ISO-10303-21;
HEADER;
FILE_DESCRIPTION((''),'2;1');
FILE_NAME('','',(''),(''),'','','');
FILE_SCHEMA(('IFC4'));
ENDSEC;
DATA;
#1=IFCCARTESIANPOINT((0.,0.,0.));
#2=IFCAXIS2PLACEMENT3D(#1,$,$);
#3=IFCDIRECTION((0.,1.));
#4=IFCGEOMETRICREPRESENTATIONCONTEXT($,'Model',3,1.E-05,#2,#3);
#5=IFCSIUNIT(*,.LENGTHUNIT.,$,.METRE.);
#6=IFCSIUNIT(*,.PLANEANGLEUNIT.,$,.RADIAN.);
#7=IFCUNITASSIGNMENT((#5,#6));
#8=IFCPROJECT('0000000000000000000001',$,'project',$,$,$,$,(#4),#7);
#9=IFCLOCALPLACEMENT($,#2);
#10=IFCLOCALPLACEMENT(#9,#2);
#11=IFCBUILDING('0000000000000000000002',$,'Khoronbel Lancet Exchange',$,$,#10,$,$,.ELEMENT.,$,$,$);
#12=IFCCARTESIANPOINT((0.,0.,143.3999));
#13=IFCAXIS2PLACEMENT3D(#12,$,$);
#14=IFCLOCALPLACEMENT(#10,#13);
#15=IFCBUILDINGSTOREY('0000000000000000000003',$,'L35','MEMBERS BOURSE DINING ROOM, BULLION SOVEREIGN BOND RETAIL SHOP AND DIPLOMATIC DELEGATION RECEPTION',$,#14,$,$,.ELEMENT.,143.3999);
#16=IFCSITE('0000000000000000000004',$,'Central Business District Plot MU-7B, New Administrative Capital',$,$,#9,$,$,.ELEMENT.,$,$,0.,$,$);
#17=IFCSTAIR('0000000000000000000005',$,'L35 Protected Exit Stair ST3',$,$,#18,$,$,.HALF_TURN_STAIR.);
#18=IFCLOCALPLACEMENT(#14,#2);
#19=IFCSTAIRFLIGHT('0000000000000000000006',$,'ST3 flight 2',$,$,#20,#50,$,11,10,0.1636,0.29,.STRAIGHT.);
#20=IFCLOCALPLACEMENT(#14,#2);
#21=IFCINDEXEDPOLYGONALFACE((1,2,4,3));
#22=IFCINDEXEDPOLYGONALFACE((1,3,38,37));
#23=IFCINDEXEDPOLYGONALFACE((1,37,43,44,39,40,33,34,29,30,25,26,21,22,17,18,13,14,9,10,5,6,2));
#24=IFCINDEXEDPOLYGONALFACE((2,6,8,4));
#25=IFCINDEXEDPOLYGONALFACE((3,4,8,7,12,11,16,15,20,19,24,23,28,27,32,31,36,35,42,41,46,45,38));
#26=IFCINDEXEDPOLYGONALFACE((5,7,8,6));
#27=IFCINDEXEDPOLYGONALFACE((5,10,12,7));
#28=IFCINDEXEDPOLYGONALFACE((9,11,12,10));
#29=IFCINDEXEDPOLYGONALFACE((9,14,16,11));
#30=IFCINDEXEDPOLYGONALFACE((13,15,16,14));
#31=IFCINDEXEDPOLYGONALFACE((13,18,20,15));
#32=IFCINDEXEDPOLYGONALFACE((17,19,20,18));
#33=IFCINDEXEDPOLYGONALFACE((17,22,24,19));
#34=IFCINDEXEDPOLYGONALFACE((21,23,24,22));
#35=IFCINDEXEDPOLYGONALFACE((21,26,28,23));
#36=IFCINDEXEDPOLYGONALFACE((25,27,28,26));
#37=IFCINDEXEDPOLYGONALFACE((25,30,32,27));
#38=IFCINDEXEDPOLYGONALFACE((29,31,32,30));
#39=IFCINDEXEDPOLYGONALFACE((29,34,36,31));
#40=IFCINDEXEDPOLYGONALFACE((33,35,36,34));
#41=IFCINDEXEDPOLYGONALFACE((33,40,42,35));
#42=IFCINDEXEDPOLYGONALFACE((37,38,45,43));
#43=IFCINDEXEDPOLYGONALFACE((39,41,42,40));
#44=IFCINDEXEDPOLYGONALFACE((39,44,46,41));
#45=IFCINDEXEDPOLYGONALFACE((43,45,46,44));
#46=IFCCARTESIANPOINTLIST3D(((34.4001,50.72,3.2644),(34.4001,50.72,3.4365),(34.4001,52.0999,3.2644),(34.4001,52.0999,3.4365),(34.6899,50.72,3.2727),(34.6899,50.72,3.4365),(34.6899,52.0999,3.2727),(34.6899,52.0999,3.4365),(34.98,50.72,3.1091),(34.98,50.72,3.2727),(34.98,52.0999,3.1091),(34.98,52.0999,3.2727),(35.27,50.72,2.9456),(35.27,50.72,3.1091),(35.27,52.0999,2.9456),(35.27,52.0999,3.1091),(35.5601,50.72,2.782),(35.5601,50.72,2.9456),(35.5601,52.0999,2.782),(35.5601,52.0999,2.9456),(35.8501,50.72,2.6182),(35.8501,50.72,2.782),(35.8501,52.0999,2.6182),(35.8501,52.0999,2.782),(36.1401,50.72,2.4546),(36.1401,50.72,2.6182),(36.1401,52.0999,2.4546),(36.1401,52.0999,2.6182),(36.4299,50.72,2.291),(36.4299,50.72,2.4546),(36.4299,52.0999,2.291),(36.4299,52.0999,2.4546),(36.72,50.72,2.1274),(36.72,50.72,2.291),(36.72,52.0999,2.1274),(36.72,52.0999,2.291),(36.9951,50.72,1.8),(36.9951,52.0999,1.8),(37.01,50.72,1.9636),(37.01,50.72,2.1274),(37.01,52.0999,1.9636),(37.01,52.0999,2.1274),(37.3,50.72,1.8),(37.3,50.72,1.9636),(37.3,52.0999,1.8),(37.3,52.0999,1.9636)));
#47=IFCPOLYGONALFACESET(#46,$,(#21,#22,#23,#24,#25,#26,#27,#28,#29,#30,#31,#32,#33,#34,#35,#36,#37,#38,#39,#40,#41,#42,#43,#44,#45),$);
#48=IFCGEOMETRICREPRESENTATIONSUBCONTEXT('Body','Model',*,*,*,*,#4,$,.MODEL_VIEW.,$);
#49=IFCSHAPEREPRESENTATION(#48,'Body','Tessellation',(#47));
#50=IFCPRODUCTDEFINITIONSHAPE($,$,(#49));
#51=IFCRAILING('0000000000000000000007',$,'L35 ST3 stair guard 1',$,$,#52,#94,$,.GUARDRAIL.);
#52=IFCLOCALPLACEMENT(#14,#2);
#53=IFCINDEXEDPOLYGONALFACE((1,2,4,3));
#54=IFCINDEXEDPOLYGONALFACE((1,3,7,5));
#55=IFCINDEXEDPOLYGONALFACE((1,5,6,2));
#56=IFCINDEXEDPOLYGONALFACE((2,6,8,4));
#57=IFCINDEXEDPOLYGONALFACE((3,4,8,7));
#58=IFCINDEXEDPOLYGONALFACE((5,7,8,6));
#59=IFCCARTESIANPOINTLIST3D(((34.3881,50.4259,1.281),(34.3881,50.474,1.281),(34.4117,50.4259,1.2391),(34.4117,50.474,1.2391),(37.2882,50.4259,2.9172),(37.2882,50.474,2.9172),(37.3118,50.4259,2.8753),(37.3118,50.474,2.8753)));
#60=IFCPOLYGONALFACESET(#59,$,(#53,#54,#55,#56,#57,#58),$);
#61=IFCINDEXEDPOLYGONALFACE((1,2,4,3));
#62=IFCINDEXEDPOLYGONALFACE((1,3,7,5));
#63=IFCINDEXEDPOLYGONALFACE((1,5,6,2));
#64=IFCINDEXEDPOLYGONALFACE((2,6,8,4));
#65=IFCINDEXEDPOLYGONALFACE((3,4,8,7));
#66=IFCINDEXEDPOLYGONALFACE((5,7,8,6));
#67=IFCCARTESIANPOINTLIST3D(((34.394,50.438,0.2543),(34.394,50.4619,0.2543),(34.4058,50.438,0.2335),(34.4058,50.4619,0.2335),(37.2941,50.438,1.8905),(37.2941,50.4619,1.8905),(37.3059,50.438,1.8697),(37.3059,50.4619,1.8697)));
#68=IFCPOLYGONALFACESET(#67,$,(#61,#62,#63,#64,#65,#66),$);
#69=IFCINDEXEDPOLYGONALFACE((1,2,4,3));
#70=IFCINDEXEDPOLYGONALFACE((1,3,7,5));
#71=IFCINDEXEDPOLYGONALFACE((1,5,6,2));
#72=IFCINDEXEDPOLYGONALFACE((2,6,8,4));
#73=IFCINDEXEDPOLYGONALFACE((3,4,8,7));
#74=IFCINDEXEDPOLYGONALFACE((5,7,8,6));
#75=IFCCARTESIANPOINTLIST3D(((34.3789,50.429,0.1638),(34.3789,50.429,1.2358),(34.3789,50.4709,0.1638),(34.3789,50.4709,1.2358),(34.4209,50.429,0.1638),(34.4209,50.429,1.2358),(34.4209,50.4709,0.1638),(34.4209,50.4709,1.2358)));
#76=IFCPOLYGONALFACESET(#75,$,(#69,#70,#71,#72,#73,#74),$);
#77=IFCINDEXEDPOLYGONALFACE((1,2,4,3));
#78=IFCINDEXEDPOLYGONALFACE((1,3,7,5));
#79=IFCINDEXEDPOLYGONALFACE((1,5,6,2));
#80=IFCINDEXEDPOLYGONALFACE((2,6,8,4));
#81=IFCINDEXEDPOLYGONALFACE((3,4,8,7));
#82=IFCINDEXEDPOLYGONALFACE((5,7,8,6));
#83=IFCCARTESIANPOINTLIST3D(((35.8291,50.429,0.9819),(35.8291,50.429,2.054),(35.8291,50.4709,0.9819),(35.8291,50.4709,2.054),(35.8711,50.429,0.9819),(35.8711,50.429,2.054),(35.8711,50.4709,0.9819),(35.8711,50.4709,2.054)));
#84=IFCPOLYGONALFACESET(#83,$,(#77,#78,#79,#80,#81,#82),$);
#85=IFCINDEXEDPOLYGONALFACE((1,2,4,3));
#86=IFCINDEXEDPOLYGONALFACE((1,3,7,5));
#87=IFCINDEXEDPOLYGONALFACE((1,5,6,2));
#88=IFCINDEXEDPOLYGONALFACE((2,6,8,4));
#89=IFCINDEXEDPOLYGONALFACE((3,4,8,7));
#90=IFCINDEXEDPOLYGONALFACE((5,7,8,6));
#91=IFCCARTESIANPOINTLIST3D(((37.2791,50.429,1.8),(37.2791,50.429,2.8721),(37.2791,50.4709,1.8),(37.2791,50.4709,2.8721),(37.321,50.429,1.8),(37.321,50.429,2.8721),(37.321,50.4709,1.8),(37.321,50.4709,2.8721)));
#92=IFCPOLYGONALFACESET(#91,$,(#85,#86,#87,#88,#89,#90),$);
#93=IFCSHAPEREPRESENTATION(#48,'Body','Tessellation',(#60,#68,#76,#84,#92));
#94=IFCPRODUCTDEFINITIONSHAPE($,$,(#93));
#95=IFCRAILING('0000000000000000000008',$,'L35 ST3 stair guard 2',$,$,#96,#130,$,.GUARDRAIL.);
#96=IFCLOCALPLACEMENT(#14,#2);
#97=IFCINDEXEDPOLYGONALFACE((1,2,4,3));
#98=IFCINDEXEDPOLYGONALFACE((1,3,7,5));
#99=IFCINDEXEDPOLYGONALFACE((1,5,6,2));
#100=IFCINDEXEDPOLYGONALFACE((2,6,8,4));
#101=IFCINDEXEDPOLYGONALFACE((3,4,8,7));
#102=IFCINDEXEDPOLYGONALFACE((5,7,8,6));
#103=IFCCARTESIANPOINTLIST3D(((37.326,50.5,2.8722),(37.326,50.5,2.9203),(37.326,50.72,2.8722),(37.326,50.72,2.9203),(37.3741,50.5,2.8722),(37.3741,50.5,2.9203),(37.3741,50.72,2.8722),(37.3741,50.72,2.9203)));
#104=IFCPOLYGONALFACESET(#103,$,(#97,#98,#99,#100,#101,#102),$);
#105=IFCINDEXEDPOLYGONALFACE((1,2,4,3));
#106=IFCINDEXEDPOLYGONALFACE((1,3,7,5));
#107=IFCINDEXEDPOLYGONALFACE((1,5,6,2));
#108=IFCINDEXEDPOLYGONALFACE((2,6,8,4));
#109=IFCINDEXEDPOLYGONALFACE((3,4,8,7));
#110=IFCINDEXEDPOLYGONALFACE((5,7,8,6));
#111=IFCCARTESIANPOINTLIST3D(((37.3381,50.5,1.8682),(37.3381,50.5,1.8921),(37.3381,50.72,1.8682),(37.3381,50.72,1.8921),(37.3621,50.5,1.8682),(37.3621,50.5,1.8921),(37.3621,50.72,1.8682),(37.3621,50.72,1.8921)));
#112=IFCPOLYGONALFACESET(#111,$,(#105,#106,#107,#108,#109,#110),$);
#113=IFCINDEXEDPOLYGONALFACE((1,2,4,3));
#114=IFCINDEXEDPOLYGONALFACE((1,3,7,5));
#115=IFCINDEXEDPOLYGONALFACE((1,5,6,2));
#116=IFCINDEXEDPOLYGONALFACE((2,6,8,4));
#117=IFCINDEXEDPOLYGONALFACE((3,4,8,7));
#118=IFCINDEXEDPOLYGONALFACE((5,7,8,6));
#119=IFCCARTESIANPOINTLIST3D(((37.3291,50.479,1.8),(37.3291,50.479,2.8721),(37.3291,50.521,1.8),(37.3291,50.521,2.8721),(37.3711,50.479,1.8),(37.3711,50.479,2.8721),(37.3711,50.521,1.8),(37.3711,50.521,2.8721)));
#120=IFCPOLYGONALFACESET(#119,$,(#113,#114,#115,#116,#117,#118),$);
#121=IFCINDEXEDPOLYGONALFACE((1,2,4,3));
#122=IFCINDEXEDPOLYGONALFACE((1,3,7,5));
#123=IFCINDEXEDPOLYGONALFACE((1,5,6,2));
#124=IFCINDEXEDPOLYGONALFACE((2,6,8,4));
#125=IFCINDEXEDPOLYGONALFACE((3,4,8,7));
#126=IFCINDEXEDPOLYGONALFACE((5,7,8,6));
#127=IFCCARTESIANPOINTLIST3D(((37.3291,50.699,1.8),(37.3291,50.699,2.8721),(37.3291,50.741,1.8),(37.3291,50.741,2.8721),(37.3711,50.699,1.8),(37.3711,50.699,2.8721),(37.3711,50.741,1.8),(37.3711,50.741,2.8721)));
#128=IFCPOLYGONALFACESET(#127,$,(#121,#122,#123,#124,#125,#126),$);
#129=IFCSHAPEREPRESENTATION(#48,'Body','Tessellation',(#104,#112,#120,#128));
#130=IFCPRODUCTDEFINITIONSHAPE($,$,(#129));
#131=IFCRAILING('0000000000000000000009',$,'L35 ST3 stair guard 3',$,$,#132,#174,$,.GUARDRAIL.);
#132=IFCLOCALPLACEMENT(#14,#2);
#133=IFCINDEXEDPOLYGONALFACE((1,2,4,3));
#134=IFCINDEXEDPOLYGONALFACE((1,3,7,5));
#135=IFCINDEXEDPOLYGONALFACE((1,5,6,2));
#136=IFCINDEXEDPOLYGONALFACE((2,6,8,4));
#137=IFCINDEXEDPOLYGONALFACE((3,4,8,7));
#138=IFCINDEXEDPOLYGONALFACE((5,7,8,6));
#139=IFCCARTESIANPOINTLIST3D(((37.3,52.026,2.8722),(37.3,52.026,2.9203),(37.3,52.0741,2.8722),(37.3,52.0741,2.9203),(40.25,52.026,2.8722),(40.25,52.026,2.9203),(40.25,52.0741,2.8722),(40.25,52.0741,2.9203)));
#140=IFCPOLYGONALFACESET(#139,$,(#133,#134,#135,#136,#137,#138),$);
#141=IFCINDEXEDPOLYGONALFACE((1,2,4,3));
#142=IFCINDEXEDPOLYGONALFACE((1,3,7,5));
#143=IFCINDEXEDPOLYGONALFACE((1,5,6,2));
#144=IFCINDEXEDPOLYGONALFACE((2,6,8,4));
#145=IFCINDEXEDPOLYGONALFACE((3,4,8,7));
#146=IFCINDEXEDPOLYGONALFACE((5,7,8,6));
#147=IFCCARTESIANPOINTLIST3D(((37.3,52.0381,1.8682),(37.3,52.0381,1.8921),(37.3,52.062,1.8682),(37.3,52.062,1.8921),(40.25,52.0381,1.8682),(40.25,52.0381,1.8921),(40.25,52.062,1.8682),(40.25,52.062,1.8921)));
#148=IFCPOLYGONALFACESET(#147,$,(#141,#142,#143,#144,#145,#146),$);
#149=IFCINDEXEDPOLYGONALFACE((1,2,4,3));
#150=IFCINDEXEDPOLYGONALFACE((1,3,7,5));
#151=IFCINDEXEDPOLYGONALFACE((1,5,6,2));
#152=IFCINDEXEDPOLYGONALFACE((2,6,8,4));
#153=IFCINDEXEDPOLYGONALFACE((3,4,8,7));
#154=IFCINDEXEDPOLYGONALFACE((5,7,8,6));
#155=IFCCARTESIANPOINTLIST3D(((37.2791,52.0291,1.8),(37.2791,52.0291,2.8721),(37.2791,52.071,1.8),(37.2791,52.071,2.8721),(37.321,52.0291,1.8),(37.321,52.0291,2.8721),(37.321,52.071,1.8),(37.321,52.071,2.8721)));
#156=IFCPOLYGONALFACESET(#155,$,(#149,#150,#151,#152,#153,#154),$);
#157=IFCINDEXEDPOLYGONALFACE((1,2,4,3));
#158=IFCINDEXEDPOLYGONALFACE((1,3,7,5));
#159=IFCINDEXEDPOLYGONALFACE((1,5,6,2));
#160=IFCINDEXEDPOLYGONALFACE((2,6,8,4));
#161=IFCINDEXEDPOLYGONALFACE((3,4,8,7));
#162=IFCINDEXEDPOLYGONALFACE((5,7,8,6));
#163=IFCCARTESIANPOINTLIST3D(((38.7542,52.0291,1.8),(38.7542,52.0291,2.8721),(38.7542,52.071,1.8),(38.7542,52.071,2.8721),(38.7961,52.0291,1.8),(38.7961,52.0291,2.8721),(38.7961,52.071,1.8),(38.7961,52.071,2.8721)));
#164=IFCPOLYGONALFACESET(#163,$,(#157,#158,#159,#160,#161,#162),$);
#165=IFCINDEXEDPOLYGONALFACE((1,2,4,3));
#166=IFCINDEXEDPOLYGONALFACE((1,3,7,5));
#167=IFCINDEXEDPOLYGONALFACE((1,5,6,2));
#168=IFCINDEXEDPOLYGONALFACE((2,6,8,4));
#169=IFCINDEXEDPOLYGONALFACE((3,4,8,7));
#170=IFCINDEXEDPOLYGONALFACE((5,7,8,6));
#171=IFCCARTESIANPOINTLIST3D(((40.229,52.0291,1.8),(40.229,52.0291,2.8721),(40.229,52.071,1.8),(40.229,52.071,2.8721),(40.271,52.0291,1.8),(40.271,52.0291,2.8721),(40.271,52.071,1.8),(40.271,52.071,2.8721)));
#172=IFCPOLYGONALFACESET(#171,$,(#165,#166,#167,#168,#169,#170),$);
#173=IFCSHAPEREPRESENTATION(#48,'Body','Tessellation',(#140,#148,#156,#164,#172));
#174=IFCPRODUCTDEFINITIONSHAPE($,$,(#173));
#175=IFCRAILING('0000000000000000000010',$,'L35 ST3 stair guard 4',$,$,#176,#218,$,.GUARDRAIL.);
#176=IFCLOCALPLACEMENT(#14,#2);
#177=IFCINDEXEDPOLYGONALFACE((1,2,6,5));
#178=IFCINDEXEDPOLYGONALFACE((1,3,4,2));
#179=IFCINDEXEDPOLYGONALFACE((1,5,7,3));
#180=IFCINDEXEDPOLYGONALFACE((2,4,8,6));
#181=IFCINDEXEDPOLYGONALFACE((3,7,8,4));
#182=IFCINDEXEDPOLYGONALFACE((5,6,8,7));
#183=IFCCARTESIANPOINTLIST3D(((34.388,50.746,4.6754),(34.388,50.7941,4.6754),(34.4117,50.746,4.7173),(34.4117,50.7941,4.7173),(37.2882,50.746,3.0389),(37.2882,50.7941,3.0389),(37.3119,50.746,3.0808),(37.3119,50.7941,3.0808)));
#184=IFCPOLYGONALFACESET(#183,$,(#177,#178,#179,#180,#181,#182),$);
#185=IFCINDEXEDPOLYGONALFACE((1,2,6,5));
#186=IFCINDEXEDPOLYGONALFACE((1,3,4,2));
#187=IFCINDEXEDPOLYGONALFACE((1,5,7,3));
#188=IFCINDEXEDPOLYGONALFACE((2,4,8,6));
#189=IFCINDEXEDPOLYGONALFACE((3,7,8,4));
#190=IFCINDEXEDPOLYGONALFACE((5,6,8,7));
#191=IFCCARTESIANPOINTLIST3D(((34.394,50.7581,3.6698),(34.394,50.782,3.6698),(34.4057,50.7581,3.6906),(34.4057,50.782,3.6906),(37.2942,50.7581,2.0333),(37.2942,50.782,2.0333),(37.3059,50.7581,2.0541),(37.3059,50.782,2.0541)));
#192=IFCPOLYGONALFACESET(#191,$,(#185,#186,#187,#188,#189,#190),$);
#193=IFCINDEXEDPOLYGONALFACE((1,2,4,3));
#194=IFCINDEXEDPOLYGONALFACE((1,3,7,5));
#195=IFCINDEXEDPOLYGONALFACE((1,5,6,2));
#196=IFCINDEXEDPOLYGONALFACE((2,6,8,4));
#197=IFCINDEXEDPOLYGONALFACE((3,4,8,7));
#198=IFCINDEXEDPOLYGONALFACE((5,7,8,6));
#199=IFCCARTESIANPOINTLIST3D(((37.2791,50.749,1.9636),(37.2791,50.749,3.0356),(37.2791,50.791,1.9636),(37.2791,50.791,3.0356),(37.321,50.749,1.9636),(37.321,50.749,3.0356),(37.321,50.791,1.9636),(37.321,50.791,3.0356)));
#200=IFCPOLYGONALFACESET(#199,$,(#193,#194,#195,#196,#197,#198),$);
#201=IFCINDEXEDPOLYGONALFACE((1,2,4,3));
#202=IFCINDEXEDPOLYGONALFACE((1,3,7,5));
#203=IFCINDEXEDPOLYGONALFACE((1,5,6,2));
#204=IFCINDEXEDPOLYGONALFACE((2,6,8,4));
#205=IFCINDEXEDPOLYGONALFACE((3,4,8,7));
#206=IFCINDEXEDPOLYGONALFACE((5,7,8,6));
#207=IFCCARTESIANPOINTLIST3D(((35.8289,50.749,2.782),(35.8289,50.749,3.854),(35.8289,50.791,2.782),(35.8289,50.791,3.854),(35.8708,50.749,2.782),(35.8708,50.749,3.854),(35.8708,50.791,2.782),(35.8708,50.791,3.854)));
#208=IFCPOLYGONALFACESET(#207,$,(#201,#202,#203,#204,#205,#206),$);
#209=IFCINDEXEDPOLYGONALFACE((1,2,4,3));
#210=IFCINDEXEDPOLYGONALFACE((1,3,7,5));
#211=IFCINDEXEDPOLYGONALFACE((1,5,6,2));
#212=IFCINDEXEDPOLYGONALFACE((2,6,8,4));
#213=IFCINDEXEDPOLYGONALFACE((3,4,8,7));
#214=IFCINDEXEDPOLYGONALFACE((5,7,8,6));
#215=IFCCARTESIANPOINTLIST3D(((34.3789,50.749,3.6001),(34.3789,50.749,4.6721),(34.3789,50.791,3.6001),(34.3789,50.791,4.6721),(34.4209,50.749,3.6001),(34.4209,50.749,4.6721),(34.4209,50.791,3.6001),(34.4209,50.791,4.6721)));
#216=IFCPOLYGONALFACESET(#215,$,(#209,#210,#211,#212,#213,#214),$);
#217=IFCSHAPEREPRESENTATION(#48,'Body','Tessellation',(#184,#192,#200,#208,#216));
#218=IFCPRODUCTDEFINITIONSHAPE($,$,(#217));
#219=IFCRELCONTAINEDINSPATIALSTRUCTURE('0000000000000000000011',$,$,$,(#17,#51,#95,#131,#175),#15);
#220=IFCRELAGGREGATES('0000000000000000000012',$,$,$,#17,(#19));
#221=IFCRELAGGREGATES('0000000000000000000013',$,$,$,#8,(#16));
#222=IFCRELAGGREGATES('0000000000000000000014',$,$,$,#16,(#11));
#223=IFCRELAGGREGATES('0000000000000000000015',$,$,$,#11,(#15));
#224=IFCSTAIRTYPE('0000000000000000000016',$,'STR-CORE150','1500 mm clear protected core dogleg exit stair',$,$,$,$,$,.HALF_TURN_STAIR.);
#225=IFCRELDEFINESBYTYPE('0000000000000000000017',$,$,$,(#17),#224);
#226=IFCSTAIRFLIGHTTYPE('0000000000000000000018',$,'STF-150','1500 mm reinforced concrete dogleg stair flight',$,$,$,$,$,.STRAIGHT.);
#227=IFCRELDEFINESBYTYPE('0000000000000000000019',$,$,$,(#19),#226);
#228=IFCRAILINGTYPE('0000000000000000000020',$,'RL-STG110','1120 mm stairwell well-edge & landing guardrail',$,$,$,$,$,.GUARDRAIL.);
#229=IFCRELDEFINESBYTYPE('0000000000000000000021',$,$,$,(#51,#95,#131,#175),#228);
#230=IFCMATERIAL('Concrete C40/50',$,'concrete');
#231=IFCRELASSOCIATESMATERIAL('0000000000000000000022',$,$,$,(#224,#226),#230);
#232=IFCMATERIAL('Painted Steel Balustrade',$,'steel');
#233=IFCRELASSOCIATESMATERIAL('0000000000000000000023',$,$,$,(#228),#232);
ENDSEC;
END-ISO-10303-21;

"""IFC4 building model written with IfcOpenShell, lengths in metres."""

from ifc_helpers import new_model, si_unit, direction, frame, origin, origin_2d, place, context, subcontext, project, spatial, polyline, rectangle, outline, extrude, material, type_object, element, aggregate, save


model = new_model("IFC4")

# Units and contexts
model_context = context("Model", 3, precision=1e-05, world=origin(), true_north=direction((0.0, 1.0)))
body_context = subcontext(model_context, "Body", "Model", "MODEL_VIEW")
ifc_project = project(units=[si_unit("LENGTHUNIT", "METRE"), si_unit("PLANEANGLEUNIT", "RADIAN")], contexts=[model_context])

# Site, building, storey
site_placement = place(None, origin())
site = spatial("IfcSite", under=ifc_project, at=site_placement, Name="Central Business District Plot MU-7B, New Administrative Capital", CompositionType="ELEMENT", RefElevation=0.0)
building_placement = place(site_placement, origin())
building = spatial("IfcBuilding", under=site, at=building_placement, Name="Khoronbel Lancet Exchange", CompositionType="ELEMENT")
storey_placement = place(building_placement, frame((0.0, 0.0, 143.3999)))
storey = spatial("IfcBuildingStorey", under=building, at=storey_placement, Name="L35", Description="MEMBERS BOURSE DINING ROOM, BULLION SOVEREIGN BOND RETAIL SHOP AND DIPLOMATIC DELEGATION RECEPTION", CompositionType="ELEMENT", Elevation=143.3999)

# Stair, stair flight
ifc_material_1 = material(Name="Concrete C40/50", Category="concrete")
stair_type = type_object("IfcStairType", Name="STR-CORE150", Description="1500 mm clear protected core dogleg exit stair", PredefinedType="HALF_TURN_STAIR", material=ifc_material_1)
stair_placement = place(storey_placement, origin())
stair = element("IfcStair", 1, at=stair_placement, inside=storey, type_object=stair_type, Name="L35 Protected Exit Stair ST3", PredefinedType="HALF_TURN_STAIR")
stair_flight_type = type_object("IfcStairFlightType", Name="STF-150", Description="1500 mm reinforced concrete dogleg stair flight", PredefinedType="STRAIGHT", material=ifc_material_1)
stair_flight_1_placement = place(storey_placement, frame((37.3, 51.4099, 1.8), z_axis=(0.0, 0.0, 1.0), x_axis=(-1.0, 0.0, 0.0)))
stair_flight_1 = element("IfcStairFlight", 2, at=stair_flight_1_placement, type_object=stair_flight_type, Name="ST3 flight 2", NumberOfRisers=11, NumberOfTreads=10, PredefinedType="STRAIGHT", RiserHeight=0.1636, TreadLength=0.29, context=body_context, shape_type="SweptSolid", body=[
    extrude(outline(polyline([(0.0, 0.0), (0.0, 0.1636), (0.29, 0.1636), (0.29, 0.3274), (0.5801, 0.3274), (0.5801, 0.491), (0.8701, 0.491), (0.8701, 0.6545), (1.1599, 0.6545), (1.1599, 0.8181), (1.45, 0.8181), (1.45, 0.9819), (1.74, 0.9819), (1.74, 1.1455), (2.03, 1.1455), (2.03, 1.3091), (2.3201, 1.3091), (2.3201, 1.4727), (2.6101, 1.4727), (2.6101, 1.6365), (2.8999, 1.6365), (2.8999, 1.8), (2.8999, 1.4644), (0.3049, 0.0), (0.0, 0.0)])), frame((0.0, 0.6899, 0.0), z_axis=(0.0, -1.0, 0.0), x_axis=(1.0, 0.0, 0.0)), (0.0, 0.0, 1.0), 1.3799),
])
aggregate(stair, [stair_flight_1])

# Railings
ifc_material_2 = material(Name="Painted Steel Balustrade", Category="steel")
railing_type_1 = type_object("IfcRailingType", Name="RL-STG110", Description="1120 mm stairwell well-edge & landing guardrail", PredefinedType="GUARDRAIL", material=ifc_material_2)
railing_1_placement = place(storey_placement, frame((34.3999, 50.45, 0.1638)))
element("IfcRailing", 3, at=railing_1_placement, inside=storey, type_object=railing_type_1, Name="L35 ST3 stair guard 1", PredefinedType="GUARDRAIL", context=body_context, shape_type="SweptSolid", body=[
    extrude(rectangle(XDim=0.0481, YDim=0.0481, at=origin_2d()), frame((0.0, 0.0, 1.0962), z_axis=(0.870946, 0.0, 0.491378), x_axis=(0.0, 1.0, 0.0)), (0.0, 0.0, 1.0), 3.3298),
    extrude(rectangle(XDim=0.0239, YDim=0.0239, at=origin_2d()), frame((0.0, 0.0, 0.0801), z_axis=(0.870946, 0.0, 0.491378), x_axis=(0.0, 1.0, 0.0)), (0.0, 0.0, 1.0), 3.3298),
    extrude(rectangle(XDim=0.042, YDim=0.042, at=origin_2d()), origin(), (0.0, 0.0, 1.0), 1.072),
    extrude(rectangle(XDim=0.042, YDim=0.042, at=origin_2d()), frame((1.4502, 0.0, 0.8181)), (0.0, 0.0, 1.0), 1.072),
    extrude(rectangle(XDim=0.042, YDim=0.042, at=origin_2d()), frame((2.9001, 0.0, 1.6362)), (0.0, 0.0, 1.0), 1.072),
])
railing_2_placement = place(storey_placement, frame((37.3501, 50.5, 1.8)))
element("IfcRailing", 4, at=railing_2_placement, inside=storey, type_object=railing_type_1, Name="L35 ST3 stair guard 2", PredefinedType="GUARDRAIL", context=body_context, shape_type="SweptSolid", body=[
    extrude(rectangle(XDim=0.0481, YDim=0.0481, at=origin_2d()), frame((0.0, 0.0, 1.0962), z_axis=(0.0, 1.0, 0.0), x_axis=(-1.0, 0.0, 0.0)), (0.0, 0.0, 1.0), 0.22),
    extrude(rectangle(XDim=0.0239, YDim=0.0239, at=origin_2d()), frame((0.0, 0.0, 0.0801), z_axis=(0.0, 1.0, 0.0), x_axis=(-1.0, 0.0, 0.0)), (0.0, 0.0, 1.0), 0.22),
    extrude(rectangle(XDim=0.042, YDim=0.042, at=origin_2d()), origin(), (0.0, 0.0, 1.0), 1.072),
    extrude(rectangle(XDim=0.042, YDim=0.042, at=origin_2d()), frame((0.0, 0.22, 0.0)), (0.0, 0.0, 1.0), 1.072),
])
railing_3_placement = place(storey_placement, frame((37.3, 52.05, 1.8)))
element("IfcRailing", 5, at=railing_3_placement, inside=storey, type_object=railing_type_1, Name="L35 ST3 stair guard 3", PredefinedType="GUARDRAIL", context=body_context, shape_type="SweptSolid", body=[
    extrude(rectangle(XDim=0.0481, YDim=0.0481, at=origin_2d()), frame((0.0, 0.0, 1.0962), z_axis=(1.0, 0.0, 0.0), x_axis=(0.0, 1.0, 0.0)), (0.0, 0.0, 1.0), 2.95),
    extrude(rectangle(XDim=0.0239, YDim=0.0239, at=origin_2d()), frame((0.0, 0.0, 0.0801), z_axis=(1.0, 0.0, 0.0), x_axis=(0.0, 1.0, 0.0)), (0.0, 0.0, 1.0), 2.95),
    extrude(rectangle(XDim=0.042, YDim=0.042, at=origin_2d()), origin(), (0.0, 0.0, 1.0), 1.072),
    extrude(rectangle(XDim=0.042, YDim=0.042, at=origin_2d()), frame((1.4751, 0.0, 0.0)), (0.0, 0.0, 1.0), 1.072),
    extrude(rectangle(XDim=0.042, YDim=0.042, at=origin_2d()), frame((2.95, 0.0, 0.0)), (0.0, 0.0, 1.0), 1.072),
])
railing_4_placement = place(storey_placement, frame((37.3, 50.77, 1.9636)))
element("IfcRailing", 6, at=railing_4_placement, inside=storey, type_object=railing_type_1, Name="L35 ST3 stair guard 4", PredefinedType="GUARDRAIL", context=body_context, shape_type="SweptSolid", body=[
    extrude(rectangle(XDim=0.0481, YDim=0.0481, at=origin_2d()), frame((0.0, 0.0, 1.0962), z_axis=(-0.870915, 0.0, 0.491434), x_axis=(0.0, -1.0, 0.0)), (0.0, 0.0, 1.0), 3.3301),
    extrude(rectangle(XDim=0.0239, YDim=0.0239, at=origin_2d()), frame((0.0, 0.0, 0.0801), z_axis=(-0.870915, 0.0, 0.491434), x_axis=(0.0, -1.0, 0.0)), (0.0, 0.0, 1.0), 3.3301),
    extrude(rectangle(XDim=0.042, YDim=0.042, at=origin_2d()), origin(), (0.0, 0.0, 1.0), 1.072),
    extrude(rectangle(XDim=0.042, YDim=0.042, at=origin_2d()), frame((-1.4502, 0.0, 0.8184)), (0.0, 0.0, 1.0), 1.072),
    extrude(rectangle(XDim=0.042, YDim=0.042, at=origin_2d()), frame((-2.9001, 0.0, 1.6365)), (0.0, 0.0, 1.0), 1.072),
])

save(model, "model.ifc")
